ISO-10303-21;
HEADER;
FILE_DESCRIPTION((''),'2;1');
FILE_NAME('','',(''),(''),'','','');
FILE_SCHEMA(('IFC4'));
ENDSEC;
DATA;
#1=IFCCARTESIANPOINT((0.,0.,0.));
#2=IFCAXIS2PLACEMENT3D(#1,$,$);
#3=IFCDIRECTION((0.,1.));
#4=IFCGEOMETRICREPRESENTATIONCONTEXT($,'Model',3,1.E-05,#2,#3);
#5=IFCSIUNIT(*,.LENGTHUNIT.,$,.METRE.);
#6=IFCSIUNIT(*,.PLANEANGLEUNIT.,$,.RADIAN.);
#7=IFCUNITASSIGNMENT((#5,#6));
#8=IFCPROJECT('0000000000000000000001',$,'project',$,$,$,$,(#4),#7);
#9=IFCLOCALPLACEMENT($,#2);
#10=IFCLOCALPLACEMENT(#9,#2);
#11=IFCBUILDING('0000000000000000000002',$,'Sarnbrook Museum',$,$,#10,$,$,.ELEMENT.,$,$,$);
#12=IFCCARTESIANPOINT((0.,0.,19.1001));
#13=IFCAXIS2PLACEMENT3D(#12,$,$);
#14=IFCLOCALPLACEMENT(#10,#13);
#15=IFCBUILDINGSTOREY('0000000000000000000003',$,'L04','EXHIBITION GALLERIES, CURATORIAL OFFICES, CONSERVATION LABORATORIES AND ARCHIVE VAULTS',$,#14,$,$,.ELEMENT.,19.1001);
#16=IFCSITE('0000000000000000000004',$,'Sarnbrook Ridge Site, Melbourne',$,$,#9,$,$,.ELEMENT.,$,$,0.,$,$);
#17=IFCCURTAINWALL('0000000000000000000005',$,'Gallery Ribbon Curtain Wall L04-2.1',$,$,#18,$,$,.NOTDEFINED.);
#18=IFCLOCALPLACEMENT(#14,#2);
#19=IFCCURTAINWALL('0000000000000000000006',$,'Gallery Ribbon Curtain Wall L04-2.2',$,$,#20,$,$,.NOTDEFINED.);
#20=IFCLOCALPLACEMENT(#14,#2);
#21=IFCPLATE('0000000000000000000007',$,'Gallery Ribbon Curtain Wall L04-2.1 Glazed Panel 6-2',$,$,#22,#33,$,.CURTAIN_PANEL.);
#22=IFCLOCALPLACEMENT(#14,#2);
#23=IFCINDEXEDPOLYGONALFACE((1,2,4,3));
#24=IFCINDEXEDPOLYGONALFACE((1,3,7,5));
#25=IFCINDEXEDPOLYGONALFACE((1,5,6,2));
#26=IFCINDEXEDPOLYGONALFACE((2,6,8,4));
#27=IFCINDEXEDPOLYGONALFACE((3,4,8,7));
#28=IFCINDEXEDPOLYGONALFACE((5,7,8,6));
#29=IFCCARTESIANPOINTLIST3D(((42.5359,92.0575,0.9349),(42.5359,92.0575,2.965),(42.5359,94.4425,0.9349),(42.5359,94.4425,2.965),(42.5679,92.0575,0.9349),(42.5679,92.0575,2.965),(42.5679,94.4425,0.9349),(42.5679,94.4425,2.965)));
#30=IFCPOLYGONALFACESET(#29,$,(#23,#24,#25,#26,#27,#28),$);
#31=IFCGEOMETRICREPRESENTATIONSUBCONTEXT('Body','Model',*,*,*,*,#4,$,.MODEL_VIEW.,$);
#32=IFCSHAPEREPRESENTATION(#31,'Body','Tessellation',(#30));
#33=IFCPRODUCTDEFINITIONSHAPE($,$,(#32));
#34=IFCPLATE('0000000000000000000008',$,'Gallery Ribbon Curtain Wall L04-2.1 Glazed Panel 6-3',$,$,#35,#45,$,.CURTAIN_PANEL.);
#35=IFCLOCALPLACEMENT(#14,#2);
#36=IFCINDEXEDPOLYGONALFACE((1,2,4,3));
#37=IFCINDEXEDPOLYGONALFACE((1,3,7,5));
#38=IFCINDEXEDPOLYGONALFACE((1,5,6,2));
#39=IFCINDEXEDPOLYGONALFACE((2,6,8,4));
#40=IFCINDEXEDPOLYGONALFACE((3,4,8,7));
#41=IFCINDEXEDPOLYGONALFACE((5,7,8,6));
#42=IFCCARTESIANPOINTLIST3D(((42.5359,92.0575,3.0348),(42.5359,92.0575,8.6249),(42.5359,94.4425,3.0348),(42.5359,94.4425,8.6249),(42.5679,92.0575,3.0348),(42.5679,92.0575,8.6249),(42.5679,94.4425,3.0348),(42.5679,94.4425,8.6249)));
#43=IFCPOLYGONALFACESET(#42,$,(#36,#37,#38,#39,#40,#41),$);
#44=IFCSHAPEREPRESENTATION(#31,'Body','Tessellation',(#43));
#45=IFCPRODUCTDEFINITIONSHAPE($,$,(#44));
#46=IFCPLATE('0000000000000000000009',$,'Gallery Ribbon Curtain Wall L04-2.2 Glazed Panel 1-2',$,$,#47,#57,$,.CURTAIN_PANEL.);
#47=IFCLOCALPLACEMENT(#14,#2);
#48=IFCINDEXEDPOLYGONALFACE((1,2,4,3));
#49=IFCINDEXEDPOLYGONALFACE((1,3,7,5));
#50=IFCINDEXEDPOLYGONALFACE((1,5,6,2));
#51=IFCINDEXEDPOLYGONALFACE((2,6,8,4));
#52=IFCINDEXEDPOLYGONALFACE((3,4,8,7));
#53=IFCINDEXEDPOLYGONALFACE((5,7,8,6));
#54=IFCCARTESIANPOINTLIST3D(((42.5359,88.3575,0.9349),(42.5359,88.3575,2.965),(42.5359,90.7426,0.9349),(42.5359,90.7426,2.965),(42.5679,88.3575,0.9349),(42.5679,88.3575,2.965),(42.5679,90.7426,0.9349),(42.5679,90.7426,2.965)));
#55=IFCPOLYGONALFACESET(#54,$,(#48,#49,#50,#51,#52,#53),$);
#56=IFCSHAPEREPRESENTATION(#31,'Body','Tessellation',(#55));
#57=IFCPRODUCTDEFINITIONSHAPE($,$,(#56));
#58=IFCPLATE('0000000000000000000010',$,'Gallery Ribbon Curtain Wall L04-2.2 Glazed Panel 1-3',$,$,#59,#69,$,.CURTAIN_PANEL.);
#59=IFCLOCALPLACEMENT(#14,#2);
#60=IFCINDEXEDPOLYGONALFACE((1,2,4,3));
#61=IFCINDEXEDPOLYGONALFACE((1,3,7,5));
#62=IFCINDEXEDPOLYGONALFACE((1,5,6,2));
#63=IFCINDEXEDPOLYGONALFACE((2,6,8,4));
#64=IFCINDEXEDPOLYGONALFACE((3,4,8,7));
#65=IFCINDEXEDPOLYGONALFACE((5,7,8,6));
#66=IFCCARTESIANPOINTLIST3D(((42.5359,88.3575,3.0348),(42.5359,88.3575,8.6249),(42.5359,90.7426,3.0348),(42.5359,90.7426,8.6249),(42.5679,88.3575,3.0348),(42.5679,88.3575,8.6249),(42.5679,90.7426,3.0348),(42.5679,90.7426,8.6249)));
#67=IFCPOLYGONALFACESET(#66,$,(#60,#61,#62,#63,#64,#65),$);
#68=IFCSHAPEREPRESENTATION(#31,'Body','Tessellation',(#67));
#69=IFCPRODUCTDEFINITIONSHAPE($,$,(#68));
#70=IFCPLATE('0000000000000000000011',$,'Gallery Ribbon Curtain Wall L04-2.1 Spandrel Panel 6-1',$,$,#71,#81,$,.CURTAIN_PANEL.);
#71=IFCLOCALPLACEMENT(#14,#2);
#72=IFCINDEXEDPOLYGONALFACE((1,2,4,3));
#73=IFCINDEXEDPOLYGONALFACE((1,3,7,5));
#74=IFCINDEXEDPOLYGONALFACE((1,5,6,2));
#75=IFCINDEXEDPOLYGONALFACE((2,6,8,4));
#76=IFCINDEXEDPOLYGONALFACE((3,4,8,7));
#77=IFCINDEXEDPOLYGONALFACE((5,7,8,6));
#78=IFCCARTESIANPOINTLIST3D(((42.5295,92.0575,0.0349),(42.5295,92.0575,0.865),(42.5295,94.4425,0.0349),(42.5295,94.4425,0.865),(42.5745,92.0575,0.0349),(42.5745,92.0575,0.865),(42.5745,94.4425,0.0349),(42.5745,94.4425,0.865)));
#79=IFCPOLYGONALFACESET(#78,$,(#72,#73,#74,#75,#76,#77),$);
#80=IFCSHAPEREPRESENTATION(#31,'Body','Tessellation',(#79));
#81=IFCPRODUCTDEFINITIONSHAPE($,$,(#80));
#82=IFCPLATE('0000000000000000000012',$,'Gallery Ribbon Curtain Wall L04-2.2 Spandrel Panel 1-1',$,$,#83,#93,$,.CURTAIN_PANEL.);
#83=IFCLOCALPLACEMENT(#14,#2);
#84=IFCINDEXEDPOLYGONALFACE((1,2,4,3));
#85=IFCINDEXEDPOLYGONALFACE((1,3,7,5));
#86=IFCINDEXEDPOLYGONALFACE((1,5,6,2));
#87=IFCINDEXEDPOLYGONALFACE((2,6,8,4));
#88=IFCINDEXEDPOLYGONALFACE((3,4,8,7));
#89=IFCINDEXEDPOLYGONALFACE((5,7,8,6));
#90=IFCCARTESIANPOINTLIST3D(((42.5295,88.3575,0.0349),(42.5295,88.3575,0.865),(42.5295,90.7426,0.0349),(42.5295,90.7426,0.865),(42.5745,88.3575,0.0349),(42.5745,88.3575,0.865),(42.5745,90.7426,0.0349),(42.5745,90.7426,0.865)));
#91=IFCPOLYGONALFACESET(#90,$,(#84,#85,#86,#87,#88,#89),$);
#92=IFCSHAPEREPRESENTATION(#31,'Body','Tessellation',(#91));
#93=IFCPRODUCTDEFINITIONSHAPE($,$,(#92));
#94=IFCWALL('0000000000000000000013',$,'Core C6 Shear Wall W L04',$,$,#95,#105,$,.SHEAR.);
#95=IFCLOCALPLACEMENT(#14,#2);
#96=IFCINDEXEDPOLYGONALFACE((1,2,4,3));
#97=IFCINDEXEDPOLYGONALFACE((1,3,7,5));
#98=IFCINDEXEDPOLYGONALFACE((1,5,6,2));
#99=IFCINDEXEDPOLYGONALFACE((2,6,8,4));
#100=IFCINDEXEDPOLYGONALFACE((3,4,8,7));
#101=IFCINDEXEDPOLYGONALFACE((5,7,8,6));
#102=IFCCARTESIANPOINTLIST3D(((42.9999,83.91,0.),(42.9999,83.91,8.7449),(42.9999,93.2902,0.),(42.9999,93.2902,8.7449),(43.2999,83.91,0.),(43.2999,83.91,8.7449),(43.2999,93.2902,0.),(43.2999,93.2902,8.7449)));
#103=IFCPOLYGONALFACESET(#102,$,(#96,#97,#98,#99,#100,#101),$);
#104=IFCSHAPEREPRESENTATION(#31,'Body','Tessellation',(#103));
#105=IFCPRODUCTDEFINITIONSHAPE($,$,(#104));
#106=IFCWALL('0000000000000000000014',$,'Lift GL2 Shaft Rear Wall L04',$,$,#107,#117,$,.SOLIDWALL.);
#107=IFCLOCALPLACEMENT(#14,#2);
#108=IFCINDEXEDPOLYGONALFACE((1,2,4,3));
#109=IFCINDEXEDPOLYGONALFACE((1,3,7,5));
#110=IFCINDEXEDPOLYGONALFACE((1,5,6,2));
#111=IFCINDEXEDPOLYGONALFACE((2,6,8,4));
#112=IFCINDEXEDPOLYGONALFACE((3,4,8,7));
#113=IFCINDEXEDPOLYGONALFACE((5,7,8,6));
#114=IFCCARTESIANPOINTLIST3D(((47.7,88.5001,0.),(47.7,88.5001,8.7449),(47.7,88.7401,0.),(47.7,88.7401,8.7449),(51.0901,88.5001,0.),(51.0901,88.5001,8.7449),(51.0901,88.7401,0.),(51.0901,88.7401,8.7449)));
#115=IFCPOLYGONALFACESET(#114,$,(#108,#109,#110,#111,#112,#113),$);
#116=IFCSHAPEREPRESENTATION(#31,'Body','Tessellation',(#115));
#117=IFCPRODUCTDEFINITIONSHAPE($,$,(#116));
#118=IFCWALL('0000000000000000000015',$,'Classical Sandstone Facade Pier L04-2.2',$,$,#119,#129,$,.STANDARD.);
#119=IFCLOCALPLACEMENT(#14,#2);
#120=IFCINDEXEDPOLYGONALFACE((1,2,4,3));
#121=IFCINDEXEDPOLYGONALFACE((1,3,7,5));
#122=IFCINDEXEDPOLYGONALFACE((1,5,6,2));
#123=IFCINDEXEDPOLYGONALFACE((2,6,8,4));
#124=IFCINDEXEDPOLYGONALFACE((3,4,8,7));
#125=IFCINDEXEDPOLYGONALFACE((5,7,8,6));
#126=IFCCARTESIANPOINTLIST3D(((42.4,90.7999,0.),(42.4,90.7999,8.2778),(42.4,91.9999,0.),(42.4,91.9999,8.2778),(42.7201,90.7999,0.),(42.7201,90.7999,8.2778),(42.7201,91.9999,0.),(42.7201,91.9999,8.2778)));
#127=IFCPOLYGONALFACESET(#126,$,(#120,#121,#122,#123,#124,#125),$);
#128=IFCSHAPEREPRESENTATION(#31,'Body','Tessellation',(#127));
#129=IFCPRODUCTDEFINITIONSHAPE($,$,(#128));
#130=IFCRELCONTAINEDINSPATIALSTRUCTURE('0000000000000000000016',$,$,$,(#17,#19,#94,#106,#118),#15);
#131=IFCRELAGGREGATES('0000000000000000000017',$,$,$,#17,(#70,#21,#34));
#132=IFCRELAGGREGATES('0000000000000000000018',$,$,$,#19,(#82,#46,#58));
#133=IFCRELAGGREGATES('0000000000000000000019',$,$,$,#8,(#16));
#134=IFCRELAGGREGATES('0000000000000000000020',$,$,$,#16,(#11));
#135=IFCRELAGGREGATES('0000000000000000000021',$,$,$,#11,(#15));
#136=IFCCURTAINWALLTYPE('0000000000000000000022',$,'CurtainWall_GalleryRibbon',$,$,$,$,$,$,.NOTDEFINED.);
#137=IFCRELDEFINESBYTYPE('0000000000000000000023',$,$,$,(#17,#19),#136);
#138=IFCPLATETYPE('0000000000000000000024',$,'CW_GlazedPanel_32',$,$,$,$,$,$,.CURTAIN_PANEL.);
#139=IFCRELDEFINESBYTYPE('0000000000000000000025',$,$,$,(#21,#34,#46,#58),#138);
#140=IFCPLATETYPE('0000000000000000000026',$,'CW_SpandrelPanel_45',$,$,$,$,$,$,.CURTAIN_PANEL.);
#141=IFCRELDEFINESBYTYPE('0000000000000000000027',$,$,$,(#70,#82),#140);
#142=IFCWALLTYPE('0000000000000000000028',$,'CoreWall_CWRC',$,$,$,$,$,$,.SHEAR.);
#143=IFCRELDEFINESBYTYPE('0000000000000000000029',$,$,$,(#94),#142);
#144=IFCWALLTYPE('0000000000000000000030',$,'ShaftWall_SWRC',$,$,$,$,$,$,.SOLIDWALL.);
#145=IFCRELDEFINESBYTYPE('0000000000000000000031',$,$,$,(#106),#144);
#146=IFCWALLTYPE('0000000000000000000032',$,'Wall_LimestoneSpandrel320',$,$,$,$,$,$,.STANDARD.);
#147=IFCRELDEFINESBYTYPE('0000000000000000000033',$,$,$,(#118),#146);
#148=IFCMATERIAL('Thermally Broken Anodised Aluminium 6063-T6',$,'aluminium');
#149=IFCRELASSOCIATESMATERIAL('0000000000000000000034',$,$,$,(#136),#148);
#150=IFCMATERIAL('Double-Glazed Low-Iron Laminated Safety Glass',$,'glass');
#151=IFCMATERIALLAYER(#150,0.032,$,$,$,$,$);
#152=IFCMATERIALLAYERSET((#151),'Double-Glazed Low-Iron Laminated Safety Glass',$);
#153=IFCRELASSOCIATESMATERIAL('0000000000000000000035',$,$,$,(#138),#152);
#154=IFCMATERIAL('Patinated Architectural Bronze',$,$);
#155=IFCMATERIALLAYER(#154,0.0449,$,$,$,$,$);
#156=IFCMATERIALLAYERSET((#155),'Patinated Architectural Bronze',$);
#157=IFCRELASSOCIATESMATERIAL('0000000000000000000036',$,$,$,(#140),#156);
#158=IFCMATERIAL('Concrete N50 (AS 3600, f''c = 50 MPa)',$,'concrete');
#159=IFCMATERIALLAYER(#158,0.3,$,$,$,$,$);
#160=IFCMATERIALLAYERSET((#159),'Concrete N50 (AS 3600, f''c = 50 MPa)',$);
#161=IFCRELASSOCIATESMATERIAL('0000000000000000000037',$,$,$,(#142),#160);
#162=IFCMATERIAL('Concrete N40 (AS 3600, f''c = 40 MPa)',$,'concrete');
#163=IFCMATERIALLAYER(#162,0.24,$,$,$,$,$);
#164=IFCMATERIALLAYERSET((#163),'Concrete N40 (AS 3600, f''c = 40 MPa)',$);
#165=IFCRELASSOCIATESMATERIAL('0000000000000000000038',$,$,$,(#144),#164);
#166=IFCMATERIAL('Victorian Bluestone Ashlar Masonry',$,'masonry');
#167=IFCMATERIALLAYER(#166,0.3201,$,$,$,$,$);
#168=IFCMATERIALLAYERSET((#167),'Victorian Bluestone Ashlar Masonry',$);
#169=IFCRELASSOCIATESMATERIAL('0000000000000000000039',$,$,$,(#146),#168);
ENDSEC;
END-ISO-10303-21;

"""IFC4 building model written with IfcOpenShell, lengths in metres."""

from ifc_helpers import new_model, si_unit, direction, frame, frame_2d, origin, origin_2d, place, context, subcontext, project, spatial, rectangle, extrude, material, layer, layer_set, type_object, element, aggregate, save


model = new_model("IFC4")

# Units and contexts
model_context = context("Model", 3, precision=1e-05, world=origin(), true_north=direction((0.0, 1.0)))
body_context = subcontext(model_context, "Body", "Model", "MODEL_VIEW")
ifc_project = project(units=[si_unit("LENGTHUNIT", "METRE"), si_unit("PLANEANGLEUNIT", "RADIAN")], contexts=[model_context])

# Site, building, storey
site_placement = place(None, origin())
site = spatial("IfcSite", under=ifc_project, at=site_placement, Name="Sarnbrook Ridge Site, Melbourne", CompositionType="ELEMENT", RefElevation=0.0)
building_placement = place(site_placement, origin())
building = spatial("IfcBuilding", under=site, at=building_placement, Name="Sarnbrook Museum", CompositionType="ELEMENT")
storey_placement = place(building_placement, frame((0.0, 0.0, 19.1001)))
storey = spatial("IfcBuildingStorey", under=building, at=storey_placement, Name="L04", Description="EXHIBITION GALLERIES, CURATORIAL OFFICES, CONSERVATION LABORATORIES AND ARCHIVE VAULTS", CompositionType="ELEMENT", Elevation=19.1001)

# Curtain wall
ifc_material_1 = material(Name="Thermally Broken Anodised Aluminium 6063-T6", Category="aluminium")
curtain_wall_type = type_object("IfcCurtainWallType", Name="CurtainWall_GalleryRibbon", PredefinedType="NOTDEFINED", material=ifc_material_1)
curtain_wall_1_placement = place(storey_placement, origin())
curtain_wall_1 = element("IfcCurtainWall", 1, at=curtain_wall_1_placement, inside=storey, type_object=curtain_wall_type, Name="Gallery Ribbon Curtain Wall L04-2.1", PredefinedType="NOTDEFINED")

# Curtain wall
curtain_wall_2_placement = place(storey_placement, origin())
curtain_wall_2 = element("IfcCurtainWall", 2, at=curtain_wall_2_placement, inside=storey, type_object=curtain_wall_type, Name="Gallery Ribbon Curtain Wall L04-2.2", PredefinedType="NOTDEFINED")

# Plates
ifc_material_2 = material(Name="Double-Glazed Low-Iron Laminated Safety Glass", Category="glass")
ifc_layer_1 = layer(ifc_material_2, 0.032)
ifc_layer_set_1 = layer_set([ifc_layer_1], Name="Double-Glazed Low-Iron Laminated Safety Glass")
plate_type_1 = type_object("IfcPlateType", Name="CW_GlazedPanel_32", PredefinedType="CURTAIN_PANEL", material=ifc_layer_set_1)
plate_1_placement = place(storey_placement, frame((42.5679, 93.25, 1.95), z_axis=(-1.0, 0.0, 0.0), x_axis=(0.0, -1.0, 0.0)))
plate_1 = element("IfcPlate", 3, at=plate_1_placement, type_object=plate_type_1, Name="Gallery Ribbon Curtain Wall L04-2.1 Glazed Panel 6-2", PredefinedType="CURTAIN_PANEL", context=body_context, shape_type="SweptSolid", body=[
    extrude(rectangle(XDim=2.385, YDim=2.03, at=origin_2d()), origin(), (0.0, 0.0, 1.0), 0.032),
])
plate_2_placement = place(storey_placement, frame((42.5679, 93.25, 5.8298), z_axis=(-1.0, 0.0, 0.0), x_axis=(0.0, -1.0, 0.0)))
plate_2 = element("IfcPlate", 4, at=plate_2_placement, type_object=plate_type_1, Name="Gallery Ribbon Curtain Wall L04-2.1 Glazed Panel 6-3", PredefinedType="CURTAIN_PANEL", context=body_context, shape_type="SweptSolid", body=[
    extrude(rectangle(XDim=2.385, YDim=5.5901, at=origin_2d()), origin(), (0.0, 0.0, 1.0), 0.032),
])
plate_3_placement = place(storey_placement, frame((42.5679, 89.55, 1.95), z_axis=(-1.0, 0.0, 0.0), x_axis=(0.0, -1.0, 0.0)))
plate_3 = element("IfcPlate", 5, at=plate_3_placement, type_object=plate_type_1, Name="Gallery Ribbon Curtain Wall L04-2.2 Glazed Panel 1-2", PredefinedType="CURTAIN_PANEL", context=body_context, shape_type="SweptSolid", body=[
    extrude(rectangle(XDim=2.385, YDim=2.03, at=origin_2d()), origin(), (0.0, 0.0, 1.0), 0.032),
])
plate_4_placement = place(storey_placement, frame((42.5679, 89.55, 5.8298), z_axis=(-1.0, 0.0, 0.0), x_axis=(0.0, -1.0, 0.0)))
plate_4 = element("IfcPlate", 6, at=plate_4_placement, type_object=plate_type_1, Name="Gallery Ribbon Curtain Wall L04-2.2 Glazed Panel 1-3", PredefinedType="CURTAIN_PANEL", context=body_context, shape_type="SweptSolid", body=[
    extrude(rectangle(XDim=2.385, YDim=5.5901, at=origin_2d()), origin(), (0.0, 0.0, 1.0), 0.032),
])
ifc_material_3 = material(Name="Patinated Architectural Bronze")
ifc_layer_2 = layer(ifc_material_3, 0.0449)
ifc_layer_set_2 = layer_set([ifc_layer_2], Name="Patinated Architectural Bronze")
plate_type_2 = type_object("IfcPlateType", Name="CW_SpandrelPanel_45", PredefinedType="CURTAIN_PANEL", material=ifc_layer_set_2)
plate_5_placement = place(storey_placement, frame((42.5745, 93.25, 0.45), z_axis=(-1.0, 0.0, 0.0), x_axis=(0.0, -1.0, 0.0)))
plate_5 = element("IfcPlate", 7, at=plate_5_placement, type_object=plate_type_2, Name="Gallery Ribbon Curtain Wall L04-2.1 Spandrel Panel 6-1", PredefinedType="CURTAIN_PANEL", context=body_context, shape_type="SweptSolid", body=[
    extrude(rectangle(XDim=2.385, YDim=0.8301, at=origin_2d()), origin(), (0.0, 0.0, 1.0), 0.0449),
])
aggregate(curtain_wall_1, [plate_5, plate_1, plate_2])
plate_6_placement = place(storey_placement, frame((42.5745, 89.55, 0.45), z_axis=(-1.0, 0.0, 0.0), x_axis=(0.0, -1.0, 0.0)))
plate_6 = element("IfcPlate", 8, at=plate_6_placement, type_object=plate_type_2, Name="Gallery Ribbon Curtain Wall L04-2.2 Spandrel Panel 1-1", PredefinedType="CURTAIN_PANEL", context=body_context, shape_type="SweptSolid", body=[
    extrude(rectangle(XDim=2.385, YDim=0.8301, at=origin_2d()), origin(), (0.0, 0.0, 1.0), 0.0449),
])
aggregate(curtain_wall_2, [plate_6, plate_3, plate_4])

# Walls
ifc_material_4 = material(Name="Concrete N50 (AS 3600, f'c = 50 MPa)", Category="concrete")
ifc_layer_3 = layer(ifc_material_4, 0.3)
ifc_layer_set_3 = layer_set([ifc_layer_3], Name="Concrete N50 (AS 3600, f'c = 50 MPa)")
wall_type_1 = type_object("IfcWallType", Name="CoreWall_CWRC", PredefinedType="SHEAR", material=ifc_layer_set_3)
wall_1_placement = place(storey_placement, frame((43.1499, 93.29, 0.0), z_axis=(0.0, 0.0, 1.0), x_axis=(0.0, -1.0, 0.0)))
element("IfcWall", 9, at=wall_1_placement, inside=storey, type_object=wall_type_1, Name="Core C6 Shear Wall W L04", PredefinedType="SHEAR", context=body_context, shape_type="SweptSolid", body=[
    extrude(rectangle(XDim=9.3801, YDim=0.3, at=frame_2d((4.6899, 0.0))), origin(), (0.0, 0.0, 1.0), 8.7449),
])
ifc_material_5 = material(Name="Concrete N40 (AS 3600, f'c = 40 MPa)", Category="concrete")
ifc_layer_4 = layer(ifc_material_5, 0.24)
ifc_layer_set_4 = layer_set([ifc_layer_4], Name="Concrete N40 (AS 3600, f'c = 40 MPa)")
wall_type_2 = type_object("IfcWallType", Name="ShaftWall_SWRC", PredefinedType="SOLIDWALL", material=ifc_layer_set_4)
wall_2_placement = place(storey_placement, frame((47.7, 88.6201, 0.0), z_axis=(0.0, 0.0, 1.0), x_axis=(1.0, 0.0, 0.0)))
element("IfcWall", 10, at=wall_2_placement, inside=storey, type_object=wall_type_2, Name="Lift GL2 Shaft Rear Wall L04", PredefinedType="SOLIDWALL", context=body_context, shape_type="SweptSolid", body=[
    extrude(rectangle(XDim=3.3901, YDim=0.24, at=frame_2d((1.6951, 0.0))), origin(), (0.0, 0.0, 1.0), 8.7449),
])
ifc_material_6 = material(Name="Victorian Bluestone Ashlar Masonry", Category="masonry")
ifc_layer_5 = layer(ifc_material_6, 0.3201)
ifc_layer_set_5 = layer_set([ifc_layer_5], Name="Victorian Bluestone Ashlar Masonry")
wall_type_3 = type_object("IfcWallType", Name="Wall_LimestoneSpandrel320", PredefinedType="STANDARD", material=ifc_layer_set_5)
wall_3_placement = place(storey_placement, frame((42.5601, 92.0, 0.0), z_axis=(0.0, 0.0, 1.0), x_axis=(0.0, -1.0, 0.0)))
element("IfcWall", 11, at=wall_3_placement, inside=storey, type_object=wall_type_3, Name="Classical Sandstone Facade Pier L04-2.2", PredefinedType="STANDARD", context=body_context, shape_type="SweptSolid", body=[
    extrude(rectangle(XDim=1.2, YDim=0.3201, at=frame_2d((0.6001, 0.0))), origin(), (0.0, 0.0, 1.0), 8.2778),
])

save(model, "model.ifc")
